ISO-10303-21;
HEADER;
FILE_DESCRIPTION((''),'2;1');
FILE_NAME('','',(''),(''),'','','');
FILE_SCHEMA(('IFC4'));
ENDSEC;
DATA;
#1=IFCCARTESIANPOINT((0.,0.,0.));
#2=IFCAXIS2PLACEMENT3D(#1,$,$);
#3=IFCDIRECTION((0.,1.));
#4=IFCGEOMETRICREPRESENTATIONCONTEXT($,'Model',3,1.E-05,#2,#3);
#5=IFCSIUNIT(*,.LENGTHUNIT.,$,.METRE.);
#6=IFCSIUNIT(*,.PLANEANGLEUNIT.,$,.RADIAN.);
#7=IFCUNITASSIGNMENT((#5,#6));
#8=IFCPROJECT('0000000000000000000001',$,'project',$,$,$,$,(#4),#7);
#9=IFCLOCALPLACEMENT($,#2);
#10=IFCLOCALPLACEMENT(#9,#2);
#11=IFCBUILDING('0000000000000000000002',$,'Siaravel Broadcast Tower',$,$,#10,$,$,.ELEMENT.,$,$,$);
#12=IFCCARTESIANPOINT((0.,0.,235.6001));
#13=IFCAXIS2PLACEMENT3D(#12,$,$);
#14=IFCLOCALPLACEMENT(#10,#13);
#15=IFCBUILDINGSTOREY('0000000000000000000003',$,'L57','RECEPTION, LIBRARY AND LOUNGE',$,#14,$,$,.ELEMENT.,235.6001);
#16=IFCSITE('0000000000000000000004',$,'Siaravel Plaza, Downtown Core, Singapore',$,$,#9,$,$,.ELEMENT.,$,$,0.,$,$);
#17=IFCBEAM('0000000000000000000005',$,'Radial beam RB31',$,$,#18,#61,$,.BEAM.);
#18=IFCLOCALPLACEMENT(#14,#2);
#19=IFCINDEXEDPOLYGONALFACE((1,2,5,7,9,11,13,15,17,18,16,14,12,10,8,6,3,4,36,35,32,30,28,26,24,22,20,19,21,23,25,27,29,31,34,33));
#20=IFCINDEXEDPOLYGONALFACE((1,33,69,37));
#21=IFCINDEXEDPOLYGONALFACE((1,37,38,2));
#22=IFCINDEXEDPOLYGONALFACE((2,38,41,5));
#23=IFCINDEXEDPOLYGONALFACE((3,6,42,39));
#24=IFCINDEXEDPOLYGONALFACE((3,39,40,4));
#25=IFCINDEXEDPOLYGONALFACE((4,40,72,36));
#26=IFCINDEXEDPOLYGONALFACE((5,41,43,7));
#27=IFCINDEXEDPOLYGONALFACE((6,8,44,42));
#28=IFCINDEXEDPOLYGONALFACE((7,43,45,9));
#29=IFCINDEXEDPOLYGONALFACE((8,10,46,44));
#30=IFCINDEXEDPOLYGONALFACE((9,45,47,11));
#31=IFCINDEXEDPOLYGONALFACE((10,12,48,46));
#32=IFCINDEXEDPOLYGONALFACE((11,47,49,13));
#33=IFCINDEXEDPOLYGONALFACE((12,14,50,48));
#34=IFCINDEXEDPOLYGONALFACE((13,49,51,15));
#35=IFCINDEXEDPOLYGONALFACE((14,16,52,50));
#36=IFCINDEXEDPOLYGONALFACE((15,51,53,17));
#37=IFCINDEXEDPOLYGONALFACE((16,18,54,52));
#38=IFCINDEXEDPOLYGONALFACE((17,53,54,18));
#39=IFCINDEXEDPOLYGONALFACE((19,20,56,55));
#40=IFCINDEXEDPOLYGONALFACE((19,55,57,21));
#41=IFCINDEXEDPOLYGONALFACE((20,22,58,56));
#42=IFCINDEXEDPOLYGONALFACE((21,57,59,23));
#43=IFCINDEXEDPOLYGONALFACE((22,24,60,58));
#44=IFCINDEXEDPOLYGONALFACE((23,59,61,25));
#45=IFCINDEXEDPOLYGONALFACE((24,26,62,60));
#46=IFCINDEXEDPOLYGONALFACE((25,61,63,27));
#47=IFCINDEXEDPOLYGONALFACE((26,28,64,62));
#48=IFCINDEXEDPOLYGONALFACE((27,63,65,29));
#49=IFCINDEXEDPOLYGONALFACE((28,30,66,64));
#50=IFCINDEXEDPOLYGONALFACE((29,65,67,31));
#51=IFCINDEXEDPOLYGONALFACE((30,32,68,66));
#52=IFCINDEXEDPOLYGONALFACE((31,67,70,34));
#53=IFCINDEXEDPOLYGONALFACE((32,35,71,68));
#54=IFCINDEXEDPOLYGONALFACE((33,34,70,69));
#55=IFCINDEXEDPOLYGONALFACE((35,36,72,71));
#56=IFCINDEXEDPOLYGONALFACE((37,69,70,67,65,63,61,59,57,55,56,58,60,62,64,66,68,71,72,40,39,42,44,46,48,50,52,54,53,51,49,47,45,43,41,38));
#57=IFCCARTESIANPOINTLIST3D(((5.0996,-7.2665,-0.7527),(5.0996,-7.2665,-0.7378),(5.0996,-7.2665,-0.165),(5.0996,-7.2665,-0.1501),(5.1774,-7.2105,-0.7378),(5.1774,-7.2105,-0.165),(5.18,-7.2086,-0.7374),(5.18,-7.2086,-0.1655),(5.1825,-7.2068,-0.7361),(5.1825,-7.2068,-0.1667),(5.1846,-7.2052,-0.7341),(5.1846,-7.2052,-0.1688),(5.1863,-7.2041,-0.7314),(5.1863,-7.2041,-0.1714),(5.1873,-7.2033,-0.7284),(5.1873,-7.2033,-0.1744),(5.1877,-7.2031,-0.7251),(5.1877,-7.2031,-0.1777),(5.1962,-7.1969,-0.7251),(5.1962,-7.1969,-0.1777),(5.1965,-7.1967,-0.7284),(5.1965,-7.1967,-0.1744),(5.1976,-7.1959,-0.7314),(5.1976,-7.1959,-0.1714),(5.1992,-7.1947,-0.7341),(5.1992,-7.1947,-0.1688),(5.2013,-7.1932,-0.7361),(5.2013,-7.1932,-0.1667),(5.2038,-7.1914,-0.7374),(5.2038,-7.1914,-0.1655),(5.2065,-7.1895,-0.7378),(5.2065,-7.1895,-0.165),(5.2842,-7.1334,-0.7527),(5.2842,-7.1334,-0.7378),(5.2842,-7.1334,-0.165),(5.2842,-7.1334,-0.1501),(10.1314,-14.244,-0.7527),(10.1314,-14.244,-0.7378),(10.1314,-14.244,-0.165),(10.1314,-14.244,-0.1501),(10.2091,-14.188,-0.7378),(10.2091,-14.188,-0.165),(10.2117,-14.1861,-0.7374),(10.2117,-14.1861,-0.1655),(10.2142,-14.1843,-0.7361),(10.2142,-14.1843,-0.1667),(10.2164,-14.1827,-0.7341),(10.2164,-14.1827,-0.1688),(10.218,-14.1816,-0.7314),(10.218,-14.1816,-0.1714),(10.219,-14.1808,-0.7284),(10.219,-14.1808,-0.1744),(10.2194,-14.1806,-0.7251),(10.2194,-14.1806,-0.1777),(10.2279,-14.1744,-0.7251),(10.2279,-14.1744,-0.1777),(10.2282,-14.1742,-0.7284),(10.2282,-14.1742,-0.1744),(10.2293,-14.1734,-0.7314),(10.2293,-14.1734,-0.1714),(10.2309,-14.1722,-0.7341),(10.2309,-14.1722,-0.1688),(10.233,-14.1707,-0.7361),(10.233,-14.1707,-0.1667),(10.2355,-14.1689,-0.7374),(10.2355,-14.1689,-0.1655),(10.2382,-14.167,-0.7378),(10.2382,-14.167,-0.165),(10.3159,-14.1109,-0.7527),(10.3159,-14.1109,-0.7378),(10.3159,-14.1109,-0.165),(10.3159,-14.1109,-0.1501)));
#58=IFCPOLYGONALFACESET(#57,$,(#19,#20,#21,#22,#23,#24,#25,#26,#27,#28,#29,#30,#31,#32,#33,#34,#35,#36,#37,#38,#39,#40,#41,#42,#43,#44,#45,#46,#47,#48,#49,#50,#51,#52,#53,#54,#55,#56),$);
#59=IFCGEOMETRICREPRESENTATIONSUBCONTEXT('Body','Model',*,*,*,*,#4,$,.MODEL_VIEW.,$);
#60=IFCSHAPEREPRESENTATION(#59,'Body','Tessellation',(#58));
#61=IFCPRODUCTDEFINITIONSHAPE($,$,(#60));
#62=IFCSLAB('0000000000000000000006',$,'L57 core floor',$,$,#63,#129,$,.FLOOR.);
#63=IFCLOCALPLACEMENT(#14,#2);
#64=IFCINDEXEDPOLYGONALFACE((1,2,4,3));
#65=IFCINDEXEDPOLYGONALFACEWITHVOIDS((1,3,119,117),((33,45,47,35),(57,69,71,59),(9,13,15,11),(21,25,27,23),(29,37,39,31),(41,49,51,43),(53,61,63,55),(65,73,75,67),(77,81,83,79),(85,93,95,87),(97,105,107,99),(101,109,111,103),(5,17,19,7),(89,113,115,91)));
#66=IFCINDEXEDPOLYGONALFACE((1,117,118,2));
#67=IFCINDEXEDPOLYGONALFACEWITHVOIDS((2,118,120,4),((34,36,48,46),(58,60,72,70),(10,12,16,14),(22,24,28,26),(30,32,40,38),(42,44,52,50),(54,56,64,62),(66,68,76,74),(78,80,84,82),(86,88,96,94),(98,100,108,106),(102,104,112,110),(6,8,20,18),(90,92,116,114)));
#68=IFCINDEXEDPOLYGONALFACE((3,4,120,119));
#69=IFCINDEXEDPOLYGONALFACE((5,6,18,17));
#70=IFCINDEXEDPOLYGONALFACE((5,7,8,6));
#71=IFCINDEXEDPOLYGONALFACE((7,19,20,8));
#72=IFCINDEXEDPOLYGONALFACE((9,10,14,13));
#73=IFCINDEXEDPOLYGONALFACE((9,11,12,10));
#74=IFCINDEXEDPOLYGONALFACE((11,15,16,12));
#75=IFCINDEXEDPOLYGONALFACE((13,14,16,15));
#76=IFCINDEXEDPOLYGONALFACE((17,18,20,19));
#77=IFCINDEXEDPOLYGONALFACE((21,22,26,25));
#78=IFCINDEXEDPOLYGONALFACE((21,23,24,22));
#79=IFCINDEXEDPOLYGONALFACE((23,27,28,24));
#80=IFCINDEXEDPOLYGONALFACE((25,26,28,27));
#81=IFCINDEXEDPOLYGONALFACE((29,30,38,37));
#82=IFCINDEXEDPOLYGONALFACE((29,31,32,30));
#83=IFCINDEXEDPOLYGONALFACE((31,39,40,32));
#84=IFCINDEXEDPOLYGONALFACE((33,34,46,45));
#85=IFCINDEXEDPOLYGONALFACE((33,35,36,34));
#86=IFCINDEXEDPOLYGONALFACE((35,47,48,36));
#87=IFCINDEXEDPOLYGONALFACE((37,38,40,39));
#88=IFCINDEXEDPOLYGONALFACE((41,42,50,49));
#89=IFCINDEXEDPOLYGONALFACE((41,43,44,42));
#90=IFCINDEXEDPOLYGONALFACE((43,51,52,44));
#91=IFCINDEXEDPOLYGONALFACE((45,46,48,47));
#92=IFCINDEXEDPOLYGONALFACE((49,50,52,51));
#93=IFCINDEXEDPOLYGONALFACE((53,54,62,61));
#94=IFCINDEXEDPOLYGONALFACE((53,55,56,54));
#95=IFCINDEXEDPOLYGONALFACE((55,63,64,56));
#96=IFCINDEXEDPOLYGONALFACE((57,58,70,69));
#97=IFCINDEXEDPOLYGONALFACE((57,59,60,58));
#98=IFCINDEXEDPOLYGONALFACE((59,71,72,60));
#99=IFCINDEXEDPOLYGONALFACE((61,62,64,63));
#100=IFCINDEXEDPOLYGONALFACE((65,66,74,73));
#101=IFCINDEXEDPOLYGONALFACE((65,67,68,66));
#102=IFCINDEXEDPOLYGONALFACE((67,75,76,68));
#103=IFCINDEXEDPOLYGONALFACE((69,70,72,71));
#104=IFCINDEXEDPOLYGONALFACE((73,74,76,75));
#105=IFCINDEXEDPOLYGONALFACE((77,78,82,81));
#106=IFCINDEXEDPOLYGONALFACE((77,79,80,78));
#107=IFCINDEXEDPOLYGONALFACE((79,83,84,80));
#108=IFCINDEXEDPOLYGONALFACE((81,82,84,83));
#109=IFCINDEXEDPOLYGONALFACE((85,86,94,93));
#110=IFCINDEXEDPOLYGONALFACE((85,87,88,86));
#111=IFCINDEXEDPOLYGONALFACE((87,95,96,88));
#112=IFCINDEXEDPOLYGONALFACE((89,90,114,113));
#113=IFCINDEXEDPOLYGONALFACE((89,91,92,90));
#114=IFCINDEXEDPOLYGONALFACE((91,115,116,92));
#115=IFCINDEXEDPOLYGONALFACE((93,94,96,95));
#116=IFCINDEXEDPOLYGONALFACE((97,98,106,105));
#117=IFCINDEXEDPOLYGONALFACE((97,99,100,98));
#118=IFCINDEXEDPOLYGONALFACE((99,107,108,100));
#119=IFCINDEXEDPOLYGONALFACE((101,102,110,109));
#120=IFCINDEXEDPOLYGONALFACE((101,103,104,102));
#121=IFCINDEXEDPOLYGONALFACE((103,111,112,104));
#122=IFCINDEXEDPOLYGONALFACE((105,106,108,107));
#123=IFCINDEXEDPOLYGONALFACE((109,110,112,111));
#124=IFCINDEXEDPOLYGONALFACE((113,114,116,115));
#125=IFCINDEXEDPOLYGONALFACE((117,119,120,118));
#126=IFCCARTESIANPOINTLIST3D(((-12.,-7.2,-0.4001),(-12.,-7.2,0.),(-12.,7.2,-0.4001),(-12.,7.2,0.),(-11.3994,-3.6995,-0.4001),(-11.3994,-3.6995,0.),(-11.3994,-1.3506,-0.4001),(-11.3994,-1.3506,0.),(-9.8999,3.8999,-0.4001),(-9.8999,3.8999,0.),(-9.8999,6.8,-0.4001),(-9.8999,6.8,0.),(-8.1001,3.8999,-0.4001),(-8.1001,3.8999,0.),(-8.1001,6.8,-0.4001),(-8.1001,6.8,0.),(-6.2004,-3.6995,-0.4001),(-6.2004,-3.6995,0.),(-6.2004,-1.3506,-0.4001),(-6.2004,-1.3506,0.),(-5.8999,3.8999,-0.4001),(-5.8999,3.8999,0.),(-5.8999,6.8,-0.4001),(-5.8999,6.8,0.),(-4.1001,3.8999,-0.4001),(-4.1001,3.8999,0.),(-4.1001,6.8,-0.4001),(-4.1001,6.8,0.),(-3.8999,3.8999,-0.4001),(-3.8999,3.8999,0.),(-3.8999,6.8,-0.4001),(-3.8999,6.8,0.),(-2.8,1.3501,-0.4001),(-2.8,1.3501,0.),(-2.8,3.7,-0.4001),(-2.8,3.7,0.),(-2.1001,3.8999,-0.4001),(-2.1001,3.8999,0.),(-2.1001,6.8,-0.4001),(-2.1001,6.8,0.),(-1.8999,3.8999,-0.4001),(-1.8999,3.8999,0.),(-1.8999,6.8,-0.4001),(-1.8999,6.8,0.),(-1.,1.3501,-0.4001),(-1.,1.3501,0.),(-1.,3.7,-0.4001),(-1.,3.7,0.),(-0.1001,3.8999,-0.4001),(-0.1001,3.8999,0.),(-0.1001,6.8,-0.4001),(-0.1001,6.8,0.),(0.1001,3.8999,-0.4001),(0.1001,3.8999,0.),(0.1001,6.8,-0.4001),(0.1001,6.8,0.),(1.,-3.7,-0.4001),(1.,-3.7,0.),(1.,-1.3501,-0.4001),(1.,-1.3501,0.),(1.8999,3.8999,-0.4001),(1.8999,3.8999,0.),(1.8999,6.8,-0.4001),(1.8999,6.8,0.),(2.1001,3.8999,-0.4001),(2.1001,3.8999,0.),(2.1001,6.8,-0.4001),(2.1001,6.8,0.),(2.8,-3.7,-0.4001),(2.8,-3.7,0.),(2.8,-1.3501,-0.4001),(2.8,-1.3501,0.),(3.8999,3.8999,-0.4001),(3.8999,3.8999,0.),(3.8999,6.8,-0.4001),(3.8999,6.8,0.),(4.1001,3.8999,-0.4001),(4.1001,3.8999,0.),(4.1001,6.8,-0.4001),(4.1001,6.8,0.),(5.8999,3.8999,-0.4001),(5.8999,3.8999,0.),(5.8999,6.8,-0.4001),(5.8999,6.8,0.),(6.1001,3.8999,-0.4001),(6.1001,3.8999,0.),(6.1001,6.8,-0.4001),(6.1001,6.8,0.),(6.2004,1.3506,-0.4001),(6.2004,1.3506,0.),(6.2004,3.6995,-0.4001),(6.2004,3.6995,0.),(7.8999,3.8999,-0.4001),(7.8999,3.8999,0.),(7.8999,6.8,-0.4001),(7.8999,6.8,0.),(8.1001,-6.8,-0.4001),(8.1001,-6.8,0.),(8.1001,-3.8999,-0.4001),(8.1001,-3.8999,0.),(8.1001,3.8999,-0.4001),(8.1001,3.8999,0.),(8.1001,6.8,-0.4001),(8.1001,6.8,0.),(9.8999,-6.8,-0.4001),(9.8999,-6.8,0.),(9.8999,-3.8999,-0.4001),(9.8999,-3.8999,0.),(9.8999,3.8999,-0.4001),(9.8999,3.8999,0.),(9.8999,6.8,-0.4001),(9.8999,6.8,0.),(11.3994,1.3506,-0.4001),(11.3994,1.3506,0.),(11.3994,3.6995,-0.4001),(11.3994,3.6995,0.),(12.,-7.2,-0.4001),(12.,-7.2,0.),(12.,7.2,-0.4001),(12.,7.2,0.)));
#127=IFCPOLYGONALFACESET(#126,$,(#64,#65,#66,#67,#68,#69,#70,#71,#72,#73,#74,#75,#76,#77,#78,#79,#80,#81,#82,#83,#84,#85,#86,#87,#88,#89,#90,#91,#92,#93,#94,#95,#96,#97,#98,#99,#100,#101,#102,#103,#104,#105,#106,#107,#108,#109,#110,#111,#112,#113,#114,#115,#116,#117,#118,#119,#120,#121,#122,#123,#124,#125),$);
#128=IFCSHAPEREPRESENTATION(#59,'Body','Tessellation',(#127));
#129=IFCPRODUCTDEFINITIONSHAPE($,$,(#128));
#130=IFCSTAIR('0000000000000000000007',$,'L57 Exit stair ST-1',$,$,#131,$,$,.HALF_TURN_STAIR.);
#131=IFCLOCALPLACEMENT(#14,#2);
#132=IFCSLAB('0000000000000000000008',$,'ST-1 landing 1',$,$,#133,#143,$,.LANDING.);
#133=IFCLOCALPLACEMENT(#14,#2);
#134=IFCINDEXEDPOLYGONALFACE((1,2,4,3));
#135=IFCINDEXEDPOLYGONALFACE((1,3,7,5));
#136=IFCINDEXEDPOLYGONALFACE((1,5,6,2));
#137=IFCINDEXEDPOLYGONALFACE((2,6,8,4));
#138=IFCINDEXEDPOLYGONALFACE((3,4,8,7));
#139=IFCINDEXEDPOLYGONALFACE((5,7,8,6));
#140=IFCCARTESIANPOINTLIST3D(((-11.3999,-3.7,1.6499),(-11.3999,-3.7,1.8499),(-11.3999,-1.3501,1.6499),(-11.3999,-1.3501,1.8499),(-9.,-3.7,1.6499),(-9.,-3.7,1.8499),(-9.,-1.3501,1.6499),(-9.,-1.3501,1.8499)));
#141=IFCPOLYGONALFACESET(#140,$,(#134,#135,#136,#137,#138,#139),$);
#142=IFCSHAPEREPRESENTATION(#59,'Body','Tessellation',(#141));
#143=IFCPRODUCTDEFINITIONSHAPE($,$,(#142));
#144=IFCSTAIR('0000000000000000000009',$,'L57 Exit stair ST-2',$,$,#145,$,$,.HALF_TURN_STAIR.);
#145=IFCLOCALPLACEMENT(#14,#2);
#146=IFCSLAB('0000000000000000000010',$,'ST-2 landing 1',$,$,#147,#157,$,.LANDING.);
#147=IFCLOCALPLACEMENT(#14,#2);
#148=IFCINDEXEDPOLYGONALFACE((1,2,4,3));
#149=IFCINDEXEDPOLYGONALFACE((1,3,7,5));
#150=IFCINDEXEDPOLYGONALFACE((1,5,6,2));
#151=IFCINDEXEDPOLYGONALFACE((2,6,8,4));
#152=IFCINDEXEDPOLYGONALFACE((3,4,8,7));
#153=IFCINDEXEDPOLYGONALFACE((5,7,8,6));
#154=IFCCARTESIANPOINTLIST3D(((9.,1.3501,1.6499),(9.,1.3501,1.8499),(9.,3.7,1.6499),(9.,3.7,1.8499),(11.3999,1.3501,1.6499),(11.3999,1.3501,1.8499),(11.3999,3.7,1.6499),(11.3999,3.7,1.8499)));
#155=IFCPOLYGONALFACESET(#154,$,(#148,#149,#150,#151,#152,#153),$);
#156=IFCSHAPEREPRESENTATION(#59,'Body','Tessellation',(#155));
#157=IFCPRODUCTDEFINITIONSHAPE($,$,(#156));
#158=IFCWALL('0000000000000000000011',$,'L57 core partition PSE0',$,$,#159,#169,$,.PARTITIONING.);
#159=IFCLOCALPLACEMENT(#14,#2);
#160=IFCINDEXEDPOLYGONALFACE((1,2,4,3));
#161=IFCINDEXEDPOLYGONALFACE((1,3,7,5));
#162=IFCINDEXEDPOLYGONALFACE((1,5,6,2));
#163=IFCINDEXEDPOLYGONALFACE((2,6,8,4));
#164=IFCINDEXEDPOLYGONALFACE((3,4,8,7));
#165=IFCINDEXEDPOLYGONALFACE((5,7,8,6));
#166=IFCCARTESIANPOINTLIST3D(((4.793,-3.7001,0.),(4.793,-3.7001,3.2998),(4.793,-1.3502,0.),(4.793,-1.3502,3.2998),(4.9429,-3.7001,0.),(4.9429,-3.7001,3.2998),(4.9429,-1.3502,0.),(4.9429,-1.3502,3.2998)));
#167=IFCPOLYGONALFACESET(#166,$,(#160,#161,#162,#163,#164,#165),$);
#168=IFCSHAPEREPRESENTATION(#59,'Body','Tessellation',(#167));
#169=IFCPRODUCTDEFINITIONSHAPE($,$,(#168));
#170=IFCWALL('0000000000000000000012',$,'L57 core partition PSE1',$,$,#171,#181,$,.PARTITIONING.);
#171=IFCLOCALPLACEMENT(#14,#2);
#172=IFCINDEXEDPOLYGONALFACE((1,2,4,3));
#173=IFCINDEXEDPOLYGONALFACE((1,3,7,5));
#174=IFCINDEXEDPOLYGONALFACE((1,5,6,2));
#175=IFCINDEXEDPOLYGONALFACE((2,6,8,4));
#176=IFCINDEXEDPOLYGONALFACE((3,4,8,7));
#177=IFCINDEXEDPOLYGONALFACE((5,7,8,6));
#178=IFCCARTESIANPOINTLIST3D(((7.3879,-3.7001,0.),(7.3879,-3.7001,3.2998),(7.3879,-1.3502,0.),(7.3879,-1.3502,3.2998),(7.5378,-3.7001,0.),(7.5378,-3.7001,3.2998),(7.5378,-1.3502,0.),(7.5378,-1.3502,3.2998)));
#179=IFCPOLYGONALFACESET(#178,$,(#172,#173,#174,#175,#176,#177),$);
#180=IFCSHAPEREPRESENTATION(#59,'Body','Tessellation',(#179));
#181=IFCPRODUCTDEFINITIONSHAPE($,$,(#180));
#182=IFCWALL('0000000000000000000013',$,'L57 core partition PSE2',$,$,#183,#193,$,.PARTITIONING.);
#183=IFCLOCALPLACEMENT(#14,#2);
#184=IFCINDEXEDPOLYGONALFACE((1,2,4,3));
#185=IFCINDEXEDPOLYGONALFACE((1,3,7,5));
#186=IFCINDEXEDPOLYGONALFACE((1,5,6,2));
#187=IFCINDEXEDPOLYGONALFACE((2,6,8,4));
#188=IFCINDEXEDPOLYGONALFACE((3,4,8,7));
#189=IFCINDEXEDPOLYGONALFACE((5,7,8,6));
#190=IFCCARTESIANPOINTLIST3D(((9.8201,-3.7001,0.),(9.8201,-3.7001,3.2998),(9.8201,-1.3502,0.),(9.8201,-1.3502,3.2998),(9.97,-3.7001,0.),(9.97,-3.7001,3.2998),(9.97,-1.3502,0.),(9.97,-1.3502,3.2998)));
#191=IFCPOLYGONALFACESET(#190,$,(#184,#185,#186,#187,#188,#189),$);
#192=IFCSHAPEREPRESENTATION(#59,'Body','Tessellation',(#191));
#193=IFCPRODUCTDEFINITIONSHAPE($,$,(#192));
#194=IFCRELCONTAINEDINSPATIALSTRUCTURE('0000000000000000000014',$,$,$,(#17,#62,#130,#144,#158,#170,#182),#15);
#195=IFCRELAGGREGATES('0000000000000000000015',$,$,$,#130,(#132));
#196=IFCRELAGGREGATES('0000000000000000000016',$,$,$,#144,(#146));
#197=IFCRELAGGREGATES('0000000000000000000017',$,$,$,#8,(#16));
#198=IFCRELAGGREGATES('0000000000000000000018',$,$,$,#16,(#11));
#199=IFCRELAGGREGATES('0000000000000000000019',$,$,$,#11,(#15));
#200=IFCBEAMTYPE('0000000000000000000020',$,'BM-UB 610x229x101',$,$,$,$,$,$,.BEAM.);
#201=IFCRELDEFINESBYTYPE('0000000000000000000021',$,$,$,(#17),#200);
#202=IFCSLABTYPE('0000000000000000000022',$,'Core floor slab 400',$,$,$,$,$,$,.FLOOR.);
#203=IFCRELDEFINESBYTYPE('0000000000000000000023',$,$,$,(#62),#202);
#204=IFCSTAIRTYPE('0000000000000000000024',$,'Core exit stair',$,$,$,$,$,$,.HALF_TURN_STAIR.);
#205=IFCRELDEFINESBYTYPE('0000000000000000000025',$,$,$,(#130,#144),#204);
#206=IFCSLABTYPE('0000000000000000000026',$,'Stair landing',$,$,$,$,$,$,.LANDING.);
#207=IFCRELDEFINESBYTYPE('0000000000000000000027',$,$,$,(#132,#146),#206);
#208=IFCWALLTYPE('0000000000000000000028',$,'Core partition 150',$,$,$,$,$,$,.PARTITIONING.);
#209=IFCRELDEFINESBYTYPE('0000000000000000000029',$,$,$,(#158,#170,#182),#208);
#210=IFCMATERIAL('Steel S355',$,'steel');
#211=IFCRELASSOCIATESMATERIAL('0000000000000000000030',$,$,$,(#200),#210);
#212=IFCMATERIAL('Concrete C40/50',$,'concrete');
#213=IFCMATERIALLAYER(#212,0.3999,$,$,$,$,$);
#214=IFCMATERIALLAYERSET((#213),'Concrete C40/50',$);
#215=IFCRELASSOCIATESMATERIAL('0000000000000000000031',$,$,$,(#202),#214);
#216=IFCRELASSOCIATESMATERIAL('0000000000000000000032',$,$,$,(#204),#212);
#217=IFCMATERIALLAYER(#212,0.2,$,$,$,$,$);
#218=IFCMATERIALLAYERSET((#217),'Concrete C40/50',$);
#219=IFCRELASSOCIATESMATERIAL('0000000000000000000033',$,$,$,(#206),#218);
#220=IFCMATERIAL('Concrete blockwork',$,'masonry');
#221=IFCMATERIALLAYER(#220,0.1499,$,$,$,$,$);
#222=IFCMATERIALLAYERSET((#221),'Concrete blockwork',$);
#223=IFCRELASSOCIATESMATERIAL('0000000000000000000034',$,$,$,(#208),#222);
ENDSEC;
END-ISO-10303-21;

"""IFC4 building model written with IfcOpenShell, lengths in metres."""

from ifc_helpers import new_model, si_unit, direction, frame, frame_2d, origin, origin_2d, place, context, subcontext, project, spatial, polyline, rectangle, i_section, outline, extrude, material, layer, layer_set, material_profile, profile_set, type_object, element, aggregate, save


model = new_model("IFC4")

# Units and contexts
model_context = context("Model", 3, precision=1e-05, world=origin(), true_north=direction((0.0, 1.0)))
body_context = subcontext(model_context, "Body", "Model", "MODEL_VIEW")
ifc_project = project(units=[si_unit("LENGTHUNIT", "METRE"), si_unit("PLANEANGLEUNIT", "RADIAN")], contexts=[model_context])

# Site, building, storey
site_placement = place(None, origin())
site = spatial("IfcSite", under=ifc_project, at=site_placement, Name="Siaravel Plaza, Downtown Core, Singapore", CompositionType="ELEMENT", RefElevation=0.0)
building_placement = place(site_placement, origin())
building = spatial("IfcBuilding", under=site, at=building_placement, Name="Siaravel Broadcast Tower", CompositionType="ELEMENT")
storey_placement = place(building_placement, frame((0.0, 0.0, 235.6001)))
storey = spatial("IfcBuildingStorey", under=building, at=storey_placement, Name="L57", Description="RECEPTION, LIBRARY AND LOUNGE", CompositionType="ELEMENT", Elevation=235.6001)

# Beam
ifc_material_1 = material(Name="Steel S355", Category="steel")
ifc_material_profile = material_profile(ifc_material_1, i_section(OverallWidth=0.2275, OverallDepth=0.6025, WebThickness=0.0105, FlangeThickness=0.0149, FilletRadius=0.0127, at=origin_2d()))
ifc_profile_set = profile_set([ifc_material_profile], Name="Steel S355")
beam_type = type_object("IfcBeamType", Name="BM-UB 610x229x101", PredefinedType="BEAM", material=ifc_profile_set)
beam_placement = place(storey_placement, frame((10.2236, -14.1775, -0.4514), z_axis=(-0.58491, 0.811098, 0.0), x_axis=(-0.811098, -0.58491, 0.0)))
element("IfcBeam", 1, at=beam_placement, inside=storey, type_object=beam_type, Name="Radial beam RB31", PredefinedType="BEAM", context=body_context, shape_type="SweptSolid", body=[
    extrude(i_section(OverallWidth=0.2275, OverallDepth=0.6025, WebThickness=0.0105, FlangeThickness=0.0149, FilletRadius=0.0127, at=origin_2d()), origin(), (0.0, 0.0, 1.0), 8.6025),
])

# Slab
ifc_material_2 = material(Name="Concrete C40/50", Category="concrete")
ifc_layer_1 = layer(ifc_material_2, 0.3999)
ifc_layer_set_1 = layer_set([ifc_layer_1], Name="Concrete C40/50")
slab_type_1 = type_object("IfcSlabType", Name="Core floor slab 400", PredefinedType="FLOOR", material=ifc_layer_set_1)
slab_1_placement = place(storey_placement, frame((0.0, 0.0, -0.4001)))
element("IfcSlab", 2, at=slab_1_placement, inside=storey, type_object=slab_type_1, Name="L57 core floor", PredefinedType="FLOOR", context=body_context, shape_type="SweptSolid", body=[
    extrude(outline(polyline([(-12.0, -7.2), (-12.0, 7.2), (12.0, 7.2), (12.0, -7.2), (-12.0, -7.2)]), holes=[polyline([(11.3994, 1.3506), (11.3994, 3.6995), (6.2004, 3.6995), (6.2004, 1.3506), (11.3994, 1.3506)]), polyline([(8.1001, -3.8999), (8.1001, -6.8), (9.8999, -6.8), (9.8999, -3.8999), (8.1001, -3.8999)]), polyline([(9.8999, 6.8), (8.1001, 6.8), (8.1001, 3.8999), (9.8999, 3.8999), (9.8999, 6.8)]), polyline([(7.8999, 6.8), (6.1001, 6.8), (6.1001, 3.8999), (7.8999, 3.8999), (7.8999, 6.8)]), polyline([(5.8999, 6.8), (4.1001, 6.8), (4.1001, 3.8999), (5.8999, 3.8999), (5.8999, 6.8)]), polyline([(3.8999, 6.8), (2.1001, 6.8), (2.1001, 3.8999), (3.8999, 3.8999), (3.8999, 6.8)]), polyline([(2.8, -1.3501), (1.0, -1.3501), (1.0, -3.7), (2.8, -3.7), (2.8, -1.3501)]), polyline([(1.8999, 6.8), (0.1001, 6.8), (0.1001, 3.8999), (1.8999, 3.8999), (1.8999, 6.8)]), polyline([(-0.1001, 6.8), (-1.8999, 6.8), (-1.8999, 3.8999), (-0.1001, 3.8999), (-0.1001, 6.8)]), polyline([(-1.0, 3.7), (-2.8, 3.7), (-2.8, 1.3501), (-1.0, 1.3501), (-1.0, 3.7)]), polyline([(-2.1001, 6.8), (-3.8999, 6.8), (-3.8999, 3.8999), (-2.1001, 3.8999), (-2.1001, 6.8)]), polyline([(-4.1001, 6.8), (-5.8999, 6.8), (-5.8999, 3.8999), (-4.1001, 3.8999), (-4.1001, 6.8)]), polyline([(-11.3994, -3.6995), (-6.2004, -3.6995), (-6.2004, -1.3506), (-11.3994, -1.3506), (-11.3994, -3.6995)]), polyline([(-8.1001, 6.8), (-9.8999, 6.8), (-9.8999, 3.8999), (-8.1001, 3.8999), (-8.1001, 6.8)])]), origin(), (0.0, 0.0, 1.0), 0.4001),
])

# Stairs, slabs
stair_type = type_object("IfcStairType", Name="Core exit stair", PredefinedType="HALF_TURN_STAIR", material=ifc_material_2)
stair_1_placement = place(storey_placement, origin())
stair_1 = element("IfcStair", 3, at=stair_1_placement, inside=storey, type_object=stair_type, Name="L57 Exit stair ST-1", PredefinedType="HALF_TURN_STAIR")
ifc_layer_2 = layer(ifc_material_2, 0.2)
ifc_layer_set_2 = layer_set([ifc_layer_2], Name="Concrete C40/50")
slab_type_2 = type_object("IfcSlabType", Name="Stair landing", PredefinedType="LANDING", material=ifc_layer_set_2)
slab_2_placement = place(storey_placement, frame((0.0, 0.0, 1.6499)))
slab_2 = element("IfcSlab", 4, at=slab_2_placement, type_object=slab_type_2, Name="ST-1 landing 1", PredefinedType="LANDING", context=body_context, shape_type="SweptSolid", body=[
    extrude(outline(polyline([(-9.0, -1.3501), (-11.3999, -1.3501), (-11.3999, -3.7), (-9.0, -3.7), (-9.0, -1.3501)])), origin(), (0.0, 0.0, 1.0), 0.2),
])
aggregate(stair_1, [slab_2])
stair_2_placement = place(storey_placement, origin())
stair_2 = element("IfcStair", 5, at=stair_2_placement, inside=storey, type_object=stair_type, Name="L57 Exit stair ST-2", PredefinedType="HALF_TURN_STAIR")
slab_3_placement = place(storey_placement, frame((0.0, 0.0, 1.6499)))
slab_3 = element("IfcSlab", 6, at=slab_3_placement, type_object=slab_type_2, Name="ST-2 landing 1", PredefinedType="LANDING", context=body_context, shape_type="SweptSolid", body=[
    extrude(outline(polyline([(9.0, 1.3501), (11.3999, 1.3501), (11.3999, 3.7), (9.0, 3.7), (9.0, 1.3501)])), origin(), (0.0, 0.0, 1.0), 0.2),
])
aggregate(stair_2, [slab_3])

# Walls
ifc_material_3 = material(Name="Concrete blockwork", Category="masonry")
ifc_layer_3 = layer(ifc_material_3, 0.1499)
ifc_layer_set_3 = layer_set([ifc_layer_3], Name="Concrete blockwork")
wall_type_1 = type_object("IfcWallType", Name="Core partition 150", PredefinedType="PARTITIONING", material=ifc_layer_set_3)
for number, where, z_axis, x_axis, name in (
    (7, (4.8679, -3.7, 0.0), (0.0, 0.0, 1.0), (0.0, 1.0, 0.0), "L57 core partition PSE0"),
    (8, (7.4629, -3.7, 0.0), (0.0, 0.0, 1.0), (0.0, 1.0, 0.0), "L57 core partition PSE1"),
    (9, (9.895, -3.7, 0.0), (0.0, 0.0, 1.0), (0.0, 1.0, 0.0), "L57 core partition PSE2"),
):
    element("IfcWall", number, at=place(storey_placement, frame(where, z_axis=z_axis, x_axis=x_axis)), inside=storey, type_object=wall_type_1, Name=name, PredefinedType="PARTITIONING", context=body_context, shape_type="SweptSolid", body=[
        extrude(rectangle(XDim=2.3499, YDim=0.1499, at=frame_2d((1.1748, 0.0))), origin(), (0.0, 0.0, 1.0), 3.2998),
    ])

save(model, "model.ifc")
